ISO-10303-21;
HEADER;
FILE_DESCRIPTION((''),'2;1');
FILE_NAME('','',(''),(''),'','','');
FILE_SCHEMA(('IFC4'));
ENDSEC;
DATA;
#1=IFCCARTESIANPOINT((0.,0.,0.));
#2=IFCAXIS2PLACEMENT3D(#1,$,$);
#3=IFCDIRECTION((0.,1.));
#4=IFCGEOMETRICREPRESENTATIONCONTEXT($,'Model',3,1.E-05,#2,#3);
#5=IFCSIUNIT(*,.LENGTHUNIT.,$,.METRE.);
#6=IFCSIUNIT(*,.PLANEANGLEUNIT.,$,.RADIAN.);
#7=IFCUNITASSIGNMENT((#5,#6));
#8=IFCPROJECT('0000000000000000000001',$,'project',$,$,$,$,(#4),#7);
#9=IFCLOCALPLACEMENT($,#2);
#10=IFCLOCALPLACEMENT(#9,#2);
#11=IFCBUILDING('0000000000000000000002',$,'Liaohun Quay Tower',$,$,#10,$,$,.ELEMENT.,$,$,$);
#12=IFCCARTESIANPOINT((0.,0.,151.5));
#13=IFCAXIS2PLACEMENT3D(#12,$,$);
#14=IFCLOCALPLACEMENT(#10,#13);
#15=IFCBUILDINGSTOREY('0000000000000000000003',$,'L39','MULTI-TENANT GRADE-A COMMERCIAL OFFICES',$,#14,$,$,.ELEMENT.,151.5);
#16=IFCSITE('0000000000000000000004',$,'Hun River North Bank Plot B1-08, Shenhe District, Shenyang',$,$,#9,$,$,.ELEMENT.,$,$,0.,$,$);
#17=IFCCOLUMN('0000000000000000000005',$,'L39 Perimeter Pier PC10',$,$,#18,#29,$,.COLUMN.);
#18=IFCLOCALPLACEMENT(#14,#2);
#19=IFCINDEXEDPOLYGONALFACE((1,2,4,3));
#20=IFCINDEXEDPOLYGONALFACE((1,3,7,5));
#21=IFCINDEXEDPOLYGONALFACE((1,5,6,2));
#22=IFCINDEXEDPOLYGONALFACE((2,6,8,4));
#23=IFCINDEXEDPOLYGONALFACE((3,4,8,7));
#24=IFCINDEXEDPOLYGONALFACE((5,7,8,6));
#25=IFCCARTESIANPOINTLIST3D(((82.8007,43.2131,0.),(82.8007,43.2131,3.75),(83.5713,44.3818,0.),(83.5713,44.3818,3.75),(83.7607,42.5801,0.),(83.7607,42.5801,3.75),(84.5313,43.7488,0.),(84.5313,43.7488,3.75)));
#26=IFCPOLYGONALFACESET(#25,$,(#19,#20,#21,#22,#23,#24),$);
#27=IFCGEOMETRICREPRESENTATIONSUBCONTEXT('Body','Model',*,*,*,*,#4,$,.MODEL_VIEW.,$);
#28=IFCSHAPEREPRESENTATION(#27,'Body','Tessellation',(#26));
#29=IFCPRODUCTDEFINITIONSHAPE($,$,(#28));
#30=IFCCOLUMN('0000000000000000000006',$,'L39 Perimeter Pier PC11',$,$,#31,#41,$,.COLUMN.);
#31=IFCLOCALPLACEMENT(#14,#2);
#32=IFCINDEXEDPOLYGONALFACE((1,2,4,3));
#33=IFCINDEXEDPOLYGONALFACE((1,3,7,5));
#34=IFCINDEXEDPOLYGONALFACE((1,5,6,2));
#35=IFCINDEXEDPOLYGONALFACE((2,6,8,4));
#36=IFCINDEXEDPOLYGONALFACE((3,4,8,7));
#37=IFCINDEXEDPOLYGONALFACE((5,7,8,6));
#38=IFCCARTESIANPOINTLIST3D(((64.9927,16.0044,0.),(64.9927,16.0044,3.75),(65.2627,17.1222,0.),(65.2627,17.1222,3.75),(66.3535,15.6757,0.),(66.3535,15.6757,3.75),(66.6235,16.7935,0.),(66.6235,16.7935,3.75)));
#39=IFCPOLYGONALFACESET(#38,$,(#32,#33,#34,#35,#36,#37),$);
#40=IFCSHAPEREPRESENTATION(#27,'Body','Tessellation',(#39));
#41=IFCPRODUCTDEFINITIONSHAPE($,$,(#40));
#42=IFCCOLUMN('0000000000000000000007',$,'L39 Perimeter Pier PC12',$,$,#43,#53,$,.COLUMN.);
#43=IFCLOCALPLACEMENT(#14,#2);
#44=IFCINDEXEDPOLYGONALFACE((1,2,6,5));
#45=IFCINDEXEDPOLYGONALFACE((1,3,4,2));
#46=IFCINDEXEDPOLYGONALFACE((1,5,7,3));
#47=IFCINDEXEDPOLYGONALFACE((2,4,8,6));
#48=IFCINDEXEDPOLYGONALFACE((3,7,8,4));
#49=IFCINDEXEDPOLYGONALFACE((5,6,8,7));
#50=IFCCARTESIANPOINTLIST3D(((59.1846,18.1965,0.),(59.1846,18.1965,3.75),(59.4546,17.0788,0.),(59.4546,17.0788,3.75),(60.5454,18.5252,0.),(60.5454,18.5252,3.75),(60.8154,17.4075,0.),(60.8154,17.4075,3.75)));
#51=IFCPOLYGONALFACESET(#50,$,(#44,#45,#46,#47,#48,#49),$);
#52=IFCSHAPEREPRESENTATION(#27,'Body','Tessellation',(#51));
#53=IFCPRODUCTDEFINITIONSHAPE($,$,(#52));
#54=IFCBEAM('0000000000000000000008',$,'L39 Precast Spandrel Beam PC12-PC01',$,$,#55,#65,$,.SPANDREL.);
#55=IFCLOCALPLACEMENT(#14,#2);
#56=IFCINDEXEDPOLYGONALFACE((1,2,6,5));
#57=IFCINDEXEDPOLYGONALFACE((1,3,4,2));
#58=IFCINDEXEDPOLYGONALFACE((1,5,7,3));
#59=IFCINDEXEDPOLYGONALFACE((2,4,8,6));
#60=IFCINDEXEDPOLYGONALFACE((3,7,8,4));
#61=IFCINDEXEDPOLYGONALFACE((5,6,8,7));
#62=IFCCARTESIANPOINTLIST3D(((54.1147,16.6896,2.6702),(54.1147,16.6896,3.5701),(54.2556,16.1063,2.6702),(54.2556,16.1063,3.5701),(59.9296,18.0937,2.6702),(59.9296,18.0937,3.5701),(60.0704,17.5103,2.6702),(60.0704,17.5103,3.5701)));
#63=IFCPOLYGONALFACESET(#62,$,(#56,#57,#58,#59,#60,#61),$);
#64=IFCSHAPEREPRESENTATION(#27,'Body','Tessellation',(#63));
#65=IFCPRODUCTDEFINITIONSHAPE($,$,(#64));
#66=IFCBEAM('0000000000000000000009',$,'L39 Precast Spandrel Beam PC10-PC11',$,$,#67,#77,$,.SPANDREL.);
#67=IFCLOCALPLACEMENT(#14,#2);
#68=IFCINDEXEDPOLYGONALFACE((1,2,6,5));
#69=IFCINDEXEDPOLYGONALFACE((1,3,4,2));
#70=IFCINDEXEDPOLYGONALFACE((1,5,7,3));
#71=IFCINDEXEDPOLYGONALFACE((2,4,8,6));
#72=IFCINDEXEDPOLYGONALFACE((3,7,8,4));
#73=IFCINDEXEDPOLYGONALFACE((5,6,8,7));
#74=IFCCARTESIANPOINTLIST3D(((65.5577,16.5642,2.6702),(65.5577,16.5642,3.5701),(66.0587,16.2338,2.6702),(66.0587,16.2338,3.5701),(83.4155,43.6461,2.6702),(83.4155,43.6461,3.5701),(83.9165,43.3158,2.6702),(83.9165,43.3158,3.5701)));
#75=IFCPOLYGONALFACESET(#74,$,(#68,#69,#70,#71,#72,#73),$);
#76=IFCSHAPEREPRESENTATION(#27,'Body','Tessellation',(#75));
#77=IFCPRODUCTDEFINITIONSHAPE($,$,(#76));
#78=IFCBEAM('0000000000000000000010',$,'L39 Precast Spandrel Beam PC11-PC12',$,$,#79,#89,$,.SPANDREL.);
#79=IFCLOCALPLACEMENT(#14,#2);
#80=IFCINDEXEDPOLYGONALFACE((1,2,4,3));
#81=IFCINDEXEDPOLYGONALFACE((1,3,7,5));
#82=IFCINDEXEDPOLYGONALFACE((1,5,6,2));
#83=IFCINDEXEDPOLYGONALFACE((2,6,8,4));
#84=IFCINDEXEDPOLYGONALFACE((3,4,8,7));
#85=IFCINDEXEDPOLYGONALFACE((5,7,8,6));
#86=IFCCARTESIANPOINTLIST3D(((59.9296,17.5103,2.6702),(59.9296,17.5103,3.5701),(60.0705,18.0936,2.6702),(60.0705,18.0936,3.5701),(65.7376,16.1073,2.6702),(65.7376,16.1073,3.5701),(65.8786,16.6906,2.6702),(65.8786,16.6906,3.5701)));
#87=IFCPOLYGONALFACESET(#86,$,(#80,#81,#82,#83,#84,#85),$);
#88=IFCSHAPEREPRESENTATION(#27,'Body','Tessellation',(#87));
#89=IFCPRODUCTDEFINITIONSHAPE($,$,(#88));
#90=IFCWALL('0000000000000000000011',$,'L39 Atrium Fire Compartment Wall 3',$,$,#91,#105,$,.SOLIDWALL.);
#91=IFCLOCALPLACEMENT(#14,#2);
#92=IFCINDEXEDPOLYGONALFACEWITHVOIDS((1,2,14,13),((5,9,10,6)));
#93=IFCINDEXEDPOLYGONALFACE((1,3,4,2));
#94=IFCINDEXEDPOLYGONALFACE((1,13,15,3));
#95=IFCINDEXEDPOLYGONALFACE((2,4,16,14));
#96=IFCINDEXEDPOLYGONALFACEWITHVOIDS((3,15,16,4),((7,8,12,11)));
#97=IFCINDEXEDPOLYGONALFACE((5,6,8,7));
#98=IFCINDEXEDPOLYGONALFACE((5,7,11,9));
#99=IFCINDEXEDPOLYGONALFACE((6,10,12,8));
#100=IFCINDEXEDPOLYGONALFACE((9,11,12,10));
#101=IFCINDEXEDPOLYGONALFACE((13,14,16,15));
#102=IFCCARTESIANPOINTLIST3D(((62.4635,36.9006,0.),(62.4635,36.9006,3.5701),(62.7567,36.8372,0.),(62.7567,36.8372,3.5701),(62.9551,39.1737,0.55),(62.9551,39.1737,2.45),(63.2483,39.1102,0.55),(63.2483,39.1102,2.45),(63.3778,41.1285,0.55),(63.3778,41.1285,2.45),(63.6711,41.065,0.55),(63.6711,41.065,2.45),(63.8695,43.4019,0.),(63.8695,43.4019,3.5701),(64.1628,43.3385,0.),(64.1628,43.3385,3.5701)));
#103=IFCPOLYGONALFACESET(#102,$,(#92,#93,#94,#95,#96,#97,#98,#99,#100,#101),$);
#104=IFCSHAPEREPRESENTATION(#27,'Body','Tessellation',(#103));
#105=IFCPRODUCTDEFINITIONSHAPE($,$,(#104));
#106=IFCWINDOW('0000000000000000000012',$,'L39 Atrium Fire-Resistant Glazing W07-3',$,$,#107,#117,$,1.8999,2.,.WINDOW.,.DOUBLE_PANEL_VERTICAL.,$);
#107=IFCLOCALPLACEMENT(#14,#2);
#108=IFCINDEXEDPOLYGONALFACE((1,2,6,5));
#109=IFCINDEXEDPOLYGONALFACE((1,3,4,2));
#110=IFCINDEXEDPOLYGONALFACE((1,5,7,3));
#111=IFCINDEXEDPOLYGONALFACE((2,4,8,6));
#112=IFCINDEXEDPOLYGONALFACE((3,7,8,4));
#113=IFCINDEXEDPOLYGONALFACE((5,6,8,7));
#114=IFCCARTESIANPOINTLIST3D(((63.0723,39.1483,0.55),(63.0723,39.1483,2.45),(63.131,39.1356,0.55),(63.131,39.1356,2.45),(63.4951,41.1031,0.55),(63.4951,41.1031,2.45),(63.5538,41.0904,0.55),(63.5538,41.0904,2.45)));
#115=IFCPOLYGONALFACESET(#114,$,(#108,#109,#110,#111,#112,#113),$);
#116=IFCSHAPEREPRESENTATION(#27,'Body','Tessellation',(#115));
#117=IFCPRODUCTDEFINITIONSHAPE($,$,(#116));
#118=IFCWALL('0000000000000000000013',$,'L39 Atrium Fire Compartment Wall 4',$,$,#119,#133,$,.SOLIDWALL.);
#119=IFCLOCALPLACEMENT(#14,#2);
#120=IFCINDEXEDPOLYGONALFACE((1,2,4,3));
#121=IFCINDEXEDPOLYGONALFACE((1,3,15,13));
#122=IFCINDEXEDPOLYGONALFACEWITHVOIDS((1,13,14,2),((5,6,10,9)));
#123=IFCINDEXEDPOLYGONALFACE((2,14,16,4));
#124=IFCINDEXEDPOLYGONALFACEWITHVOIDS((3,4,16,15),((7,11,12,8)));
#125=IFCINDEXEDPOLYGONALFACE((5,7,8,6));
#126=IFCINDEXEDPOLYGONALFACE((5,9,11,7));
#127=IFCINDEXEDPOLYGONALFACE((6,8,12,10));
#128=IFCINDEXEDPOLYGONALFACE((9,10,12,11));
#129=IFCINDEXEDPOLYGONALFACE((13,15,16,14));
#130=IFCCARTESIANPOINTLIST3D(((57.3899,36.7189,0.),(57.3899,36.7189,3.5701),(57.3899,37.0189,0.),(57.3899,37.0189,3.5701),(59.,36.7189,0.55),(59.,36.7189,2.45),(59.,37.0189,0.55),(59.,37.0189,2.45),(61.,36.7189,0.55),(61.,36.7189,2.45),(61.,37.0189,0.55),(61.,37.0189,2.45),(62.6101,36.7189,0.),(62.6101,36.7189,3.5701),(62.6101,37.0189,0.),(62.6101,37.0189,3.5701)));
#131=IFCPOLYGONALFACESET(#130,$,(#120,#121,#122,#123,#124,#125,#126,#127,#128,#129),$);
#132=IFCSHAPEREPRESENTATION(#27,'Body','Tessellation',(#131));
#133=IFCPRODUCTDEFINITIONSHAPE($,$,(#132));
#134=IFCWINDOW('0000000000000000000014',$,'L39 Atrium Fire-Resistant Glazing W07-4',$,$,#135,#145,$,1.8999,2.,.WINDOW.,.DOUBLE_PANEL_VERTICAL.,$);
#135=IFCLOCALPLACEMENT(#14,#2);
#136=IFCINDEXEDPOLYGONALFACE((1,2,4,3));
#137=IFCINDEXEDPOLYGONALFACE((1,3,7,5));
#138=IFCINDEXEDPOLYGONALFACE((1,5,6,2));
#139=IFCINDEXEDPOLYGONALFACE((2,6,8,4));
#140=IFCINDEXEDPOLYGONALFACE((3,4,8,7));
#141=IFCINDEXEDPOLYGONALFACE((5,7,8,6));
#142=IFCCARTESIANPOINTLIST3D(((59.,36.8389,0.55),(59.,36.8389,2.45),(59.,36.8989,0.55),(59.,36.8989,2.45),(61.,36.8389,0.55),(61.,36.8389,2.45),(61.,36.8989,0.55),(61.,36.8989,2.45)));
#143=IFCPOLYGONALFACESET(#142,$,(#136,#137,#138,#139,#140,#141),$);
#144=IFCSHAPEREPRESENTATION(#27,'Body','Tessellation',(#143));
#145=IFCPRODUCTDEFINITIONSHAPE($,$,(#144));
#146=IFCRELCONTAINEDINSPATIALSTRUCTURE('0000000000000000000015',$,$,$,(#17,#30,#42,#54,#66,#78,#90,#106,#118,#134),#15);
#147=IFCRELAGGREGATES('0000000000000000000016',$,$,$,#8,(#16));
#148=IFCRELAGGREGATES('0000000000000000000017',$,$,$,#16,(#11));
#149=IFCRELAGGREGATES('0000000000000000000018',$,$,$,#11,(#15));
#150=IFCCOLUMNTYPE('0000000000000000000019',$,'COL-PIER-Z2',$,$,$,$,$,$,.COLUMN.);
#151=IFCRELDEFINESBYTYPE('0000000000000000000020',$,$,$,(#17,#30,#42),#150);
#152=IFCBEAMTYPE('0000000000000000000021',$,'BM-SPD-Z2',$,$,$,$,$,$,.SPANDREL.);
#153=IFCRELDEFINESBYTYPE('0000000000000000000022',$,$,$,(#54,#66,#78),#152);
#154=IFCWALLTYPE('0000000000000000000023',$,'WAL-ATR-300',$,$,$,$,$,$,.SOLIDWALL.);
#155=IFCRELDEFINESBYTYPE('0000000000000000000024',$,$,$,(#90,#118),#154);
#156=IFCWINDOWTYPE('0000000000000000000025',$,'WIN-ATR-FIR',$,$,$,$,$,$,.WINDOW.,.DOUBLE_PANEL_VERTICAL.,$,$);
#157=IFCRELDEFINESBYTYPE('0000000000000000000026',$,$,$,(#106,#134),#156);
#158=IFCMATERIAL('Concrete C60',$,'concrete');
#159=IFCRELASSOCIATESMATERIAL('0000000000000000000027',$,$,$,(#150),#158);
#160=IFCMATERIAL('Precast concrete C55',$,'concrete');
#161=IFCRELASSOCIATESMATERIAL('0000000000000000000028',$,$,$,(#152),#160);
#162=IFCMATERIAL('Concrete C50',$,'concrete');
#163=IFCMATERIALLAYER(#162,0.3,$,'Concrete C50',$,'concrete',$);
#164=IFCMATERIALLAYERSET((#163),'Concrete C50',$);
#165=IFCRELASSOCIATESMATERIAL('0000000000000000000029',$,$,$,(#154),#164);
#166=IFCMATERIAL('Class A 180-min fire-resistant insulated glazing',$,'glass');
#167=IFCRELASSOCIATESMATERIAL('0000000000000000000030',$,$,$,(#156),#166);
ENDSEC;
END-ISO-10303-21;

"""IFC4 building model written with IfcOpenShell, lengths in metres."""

from ifc_helpers import new_model, si_unit, direction, frame, frame_2d, origin, origin_2d, place, context, subcontext, project, spatial, rectangle, extrude, source, transform, mapped, material, layer, layer_set, material_profile, profile_set, type_object, element, fill, save


model = new_model("IFC4")

# Units and contexts
model_context = context("Model", 3, precision=1e-05, world=origin(), true_north=direction((0.0, 1.0)))
body_context = subcontext(model_context, "Body", "Model", "MODEL_VIEW")
ifc_project = project(units=[si_unit("LENGTHUNIT", "METRE"), si_unit("PLANEANGLEUNIT", "RADIAN")], contexts=[model_context])

# Site, building, storey
site_placement = place(None, origin())
site = spatial("IfcSite", under=ifc_project, at=site_placement, Name="Hun River North Bank Plot B1-08, Shenhe District, Shenyang", CompositionType="ELEMENT", RefElevation=0.0)
building_placement = place(site_placement, origin())
building = spatial("IfcBuilding", under=site, at=building_placement, Name="Liaohun Quay Tower", CompositionType="ELEMENT")
storey_placement = place(building_placement, frame((0.0, 0.0, 151.5)))
storey = spatial("IfcBuildingStorey", under=building, at=storey_placement, Name="L39", Description="MULTI-TENANT GRADE-A COMMERCIAL OFFICES", CompositionType="ELEMENT", Elevation=151.5)

# Columns
ifc_material_1 = material(Name="Concrete C60", Category="concrete")
ifc_material_profile_1 = material_profile(ifc_material_1, rectangle(XDim=1.3999, YDim=1.1499, at=origin_2d()), Name="RC1400x1150")
ifc_profile_set_1 = profile_set([ifc_material_profile_1], Name="Concrete C60")
column_type = type_object("IfcColumnType", Name="COL-PIER-Z2", PredefinedType="COLUMN", material=ifc_profile_set_1)
shared_shape_1 = source(origin(), body_context, "Body", "SweptSolid", [
    extrude(rectangle(XDim=1.3999, YDim=1.1499, at=origin_2d()), origin(), (0.0, 0.0, 1.0), 3.75),
])
for number, where, z_axis, x_axis, name in (
    (1, (83.666, 43.481, 0.0), (0.0, 0.0, 1.0), (0.550481, 0.834848, 0.0), "L39 Perimeter Pier PC10"),
    (2, (65.8081, 16.3989, 0.0), (0.0, 0.0, 1.0), (-0.972043, 0.234803, 0.0), "L39 Perimeter Pier PC11"),
    (3, (60.0, 17.802, 0.0), (0.0, 0.0, 1.0), (0.972043, 0.234803, 0.0), "L39 Perimeter Pier PC12"),
):
    element("IfcColumn", number, at=place(storey_placement, frame(where, z_axis=z_axis, x_axis=x_axis)), inside=storey, type_object=column_type, Name=name, PredefinedType="COLUMN", context=body_context, shape_type="MappedRepresentation", body=[
        mapped(shared_shape_1, transform((0.0, 0.0, 0.0), x_axis=(1.0, 0.0, 0.0), y_axis=(0.0, 1.0, 0.0), z_axis=(0.0, 0.0, 1.0), scale=1.0)),
    ])

# Beams
ifc_material_2 = material(Name="Precast concrete C55", Category="concrete")
ifc_material_profile_2 = material_profile(ifc_material_2, rectangle(XDim=0.6001, YDim=0.8999, at=origin_2d()), Name="RC600x900")
ifc_profile_set_2 = profile_set([ifc_material_profile_2], Name="Precast concrete C55")
beam_type = type_object("IfcBeamType", Name="BM-SPD-Z2", PredefinedType="SPANDREL", material=ifc_profile_set_2)
shared_shape_2 = source(origin(), body_context, "Body", "SweptSolid", [
    extrude(rectangle(XDim=0.6001, YDim=0.8999, at=origin_2d()), origin(), (0.0, 0.0, 1.0), 5.9819),
])
beam_1_placement = place(storey_placement, frame((60.0, 17.802, 3.1201), z_axis=(-0.972065, -0.234711, 0.0), x_axis=(0.234711, -0.972065, 0.0)))
element("IfcBeam", 4, at=beam_1_placement, inside=storey, type_object=beam_type, Name="L39 Precast Spandrel Beam PC12-PC01", PredefinedType="SPANDREL", context=body_context, shape_type="MappedRepresentation", body=[
    mapped(shared_shape_2, transform((0.0, 0.0, 0.0), x_axis=(1.0, 0.0, 0.0), y_axis=(0.0, 1.0, 0.0), z_axis=(0.0, 0.0, 1.0), scale=1.0)),
])
shared_shape_3 = source(origin(), body_context, "Body", "SweptSolid", [
    extrude(rectangle(XDim=0.6001, YDim=0.8999, at=origin_2d()), origin(), (0.0, 0.0, 1.0), 32.4397),
])
beam_2_placement = place(storey_placement, frame((83.666, 43.481, 3.1201), z_axis=(-0.550494, -0.834839, 0.0), x_axis=(0.834839, -0.550494, 0.0)))
element("IfcBeam", 5, at=beam_2_placement, inside=storey, type_object=beam_type, Name="L39 Precast Spandrel Beam PC10-PC11", PredefinedType="SPANDREL", context=body_context, shape_type="MappedRepresentation", body=[
    mapped(shared_shape_3, transform((0.0, 0.0, 0.0), x_axis=(1.0, 0.0, 0.0), y_axis=(0.0, 1.0, 0.0), z_axis=(0.0, 0.0, 1.0), scale=1.0)),
])
shared_shape_4 = source(origin(), body_context, "Body", "SweptSolid", [
    extrude(rectangle(XDim=0.6001, YDim=0.8999, at=origin_2d()), origin(), (0.0, 0.0, 1.0), 5.9751),
])
beam_3_placement = place(storey_placement, frame((65.8081, 16.3989, 3.1201), z_axis=(-0.972039, 0.234818, 0.0), x_axis=(-0.234818, -0.972039, 0.0)))
element("IfcBeam", 6, at=beam_3_placement, inside=storey, type_object=beam_type, Name="L39 Precast Spandrel Beam PC11-PC12", PredefinedType="SPANDREL", context=body_context, shape_type="MappedRepresentation", body=[
    mapped(shared_shape_4, transform((0.0, 0.0, 0.0), x_axis=(1.0, 0.0, 0.0), y_axis=(0.0, 1.0, 0.0), z_axis=(0.0, 0.0, 1.0), scale=1.0)),
])

# Walls, openings, windows
ifc_material_3 = material(Name="Concrete C50", Category="concrete")
ifc_layer_1 = layer(ifc_material_3, 0.3, Name="Concrete C50", Category="concrete")
ifc_layer_set_1 = layer_set([ifc_layer_1], Name="Concrete C50")
wall_type_1 = type_object("IfcWallType", Name="WAL-ATR-300", PredefinedType="SOLIDWALL", material=ifc_layer_set_1)
wall_1_placement = place(storey_placement, frame((64.0161, 43.3701, 0.0), z_axis=(0.0, 0.0, 1.0), x_axis=(-0.211381, -0.977404, 0.0)))
wall_1 = element("IfcWall", 7, at=wall_1_placement, inside=storey, type_object=wall_type_1, Name="L39 Atrium Fire Compartment Wall 3", PredefinedType="SOLIDWALL", context=body_context, shape_type="SweptSolid", body=[
    extrude(rectangle(XDim=6.6516, YDim=0.3, at=frame_2d((3.3257, 0.0))), origin(), (0.0, 0.0, 1.0), 3.5701),
])
shared_shape_5 = source(origin(), body_context, "Body", "SweptSolid", [
    extrude(rectangle(XDim=2.0, YDim=1.8999, at=frame_2d((1.0, 0.95))), frame((0.0, 0.1599, 0.0), z_axis=(0.0, -1.0, 0.0), x_axis=(1.0, 0.0, 0.0)), (0.0, 0.0, 1.0), 0.3201),
])
opening_1_placement = place(wall_1_placement, frame((2.3259, 0.0, 0.55)))
opening_1 = element("IfcOpeningElement", 8, at=opening_1_placement, cuts=wall_1, PredefinedType="OPENING", context=body_context, shape_type="MappedRepresentation", body=[
    mapped(shared_shape_5, transform((0.0, 0.0, 0.0), x_axis=(1.0, 0.0, 0.0), y_axis=(0.0, 1.0, 0.0), z_axis=(0.0, 0.0, 1.0), scale=1.0)),
])
ifc_material_4 = material(Name="Class A 180-min fire-resistant insulated glazing", Category="glass")
window_type_1 = type_object("IfcWindowType", Name="WIN-ATR-FIR", PartitioningType="DOUBLE_PANEL_VERTICAL", PredefinedType="WINDOW", material=ifc_material_4)
shared_shape_6 = source(origin(), body_context, "Body", "SweptSolid", [
    extrude(rectangle(XDim=2.0, YDim=1.8999, at=frame_2d((1.0, 0.95))), frame((0.0, 0.03, 0.0), z_axis=(0.0, -1.0, 0.0), x_axis=(1.0, 0.0, 0.0)), (0.0, 0.0, 1.0), 0.0601),
])
window_1_placement = place(opening_1_placement, origin())
window_1 = element("IfcWindow", 9, at=window_1_placement, inside=storey, type_object=window_type_1, Name="L39 Atrium Fire-Resistant Glazing W07-3", OverallHeight=1.8999, OverallWidth=2.0, PartitioningType="DOUBLE_PANEL_VERTICAL", PredefinedType="WINDOW", context=body_context, shape_type="MappedRepresentation", body=[
    mapped(shared_shape_6, transform((0.0, 0.0, 0.0), x_axis=(1.0, 0.0, 0.0), y_axis=(0.0, 1.0, 0.0), z_axis=(0.0, 0.0, 1.0), scale=1.0)),
])
fill(opening_1, window_1)
wall_2_placement = place(storey_placement, frame((62.6101, 36.8689, 0.0), z_axis=(0.0, 0.0, 1.0), x_axis=(-1.0, 0.0, 0.0)))
wall_2 = element("IfcWall", 10, at=wall_2_placement, inside=storey, type_object=wall_type_1, Name="L39 Atrium Fire Compartment Wall 4", PredefinedType="SOLIDWALL", context=body_context, shape_type="SweptSolid", body=[
    extrude(rectangle(XDim=5.2202, YDim=0.3, at=frame_2d((2.6101, 0.0))), origin(), (0.0, 0.0, 1.0), 3.5701),
])
opening_2_placement = place(wall_2_placement, frame((1.6101, 0.0, 0.55)))
opening_2 = element("IfcOpeningElement", 11, at=opening_2_placement, cuts=wall_2, PredefinedType="OPENING", context=body_context, shape_type="MappedRepresentation", body=[
    mapped(shared_shape_5, transform((0.0, 0.0, 0.0), x_axis=(1.0, 0.0, 0.0), y_axis=(0.0, 1.0, 0.0), z_axis=(0.0, 0.0, 1.0), scale=1.0)),
])
window_2_placement = place(opening_2_placement, origin())
window_2 = element("IfcWindow", 12, at=window_2_placement, inside=storey, type_object=window_type_1, Name="L39 Atrium Fire-Resistant Glazing W07-4", OverallHeight=1.8999, OverallWidth=2.0, PartitioningType="DOUBLE_PANEL_VERTICAL", PredefinedType="WINDOW", context=body_context, shape_type="MappedRepresentation", body=[
    mapped(shared_shape_6, transform((0.0, 0.0, 0.0), x_axis=(1.0, 0.0, 0.0), y_axis=(0.0, 1.0, 0.0), z_axis=(0.0, 0.0, 1.0), scale=1.0)),
])
fill(opening_2, window_2)

save(model, "model.ifc")
